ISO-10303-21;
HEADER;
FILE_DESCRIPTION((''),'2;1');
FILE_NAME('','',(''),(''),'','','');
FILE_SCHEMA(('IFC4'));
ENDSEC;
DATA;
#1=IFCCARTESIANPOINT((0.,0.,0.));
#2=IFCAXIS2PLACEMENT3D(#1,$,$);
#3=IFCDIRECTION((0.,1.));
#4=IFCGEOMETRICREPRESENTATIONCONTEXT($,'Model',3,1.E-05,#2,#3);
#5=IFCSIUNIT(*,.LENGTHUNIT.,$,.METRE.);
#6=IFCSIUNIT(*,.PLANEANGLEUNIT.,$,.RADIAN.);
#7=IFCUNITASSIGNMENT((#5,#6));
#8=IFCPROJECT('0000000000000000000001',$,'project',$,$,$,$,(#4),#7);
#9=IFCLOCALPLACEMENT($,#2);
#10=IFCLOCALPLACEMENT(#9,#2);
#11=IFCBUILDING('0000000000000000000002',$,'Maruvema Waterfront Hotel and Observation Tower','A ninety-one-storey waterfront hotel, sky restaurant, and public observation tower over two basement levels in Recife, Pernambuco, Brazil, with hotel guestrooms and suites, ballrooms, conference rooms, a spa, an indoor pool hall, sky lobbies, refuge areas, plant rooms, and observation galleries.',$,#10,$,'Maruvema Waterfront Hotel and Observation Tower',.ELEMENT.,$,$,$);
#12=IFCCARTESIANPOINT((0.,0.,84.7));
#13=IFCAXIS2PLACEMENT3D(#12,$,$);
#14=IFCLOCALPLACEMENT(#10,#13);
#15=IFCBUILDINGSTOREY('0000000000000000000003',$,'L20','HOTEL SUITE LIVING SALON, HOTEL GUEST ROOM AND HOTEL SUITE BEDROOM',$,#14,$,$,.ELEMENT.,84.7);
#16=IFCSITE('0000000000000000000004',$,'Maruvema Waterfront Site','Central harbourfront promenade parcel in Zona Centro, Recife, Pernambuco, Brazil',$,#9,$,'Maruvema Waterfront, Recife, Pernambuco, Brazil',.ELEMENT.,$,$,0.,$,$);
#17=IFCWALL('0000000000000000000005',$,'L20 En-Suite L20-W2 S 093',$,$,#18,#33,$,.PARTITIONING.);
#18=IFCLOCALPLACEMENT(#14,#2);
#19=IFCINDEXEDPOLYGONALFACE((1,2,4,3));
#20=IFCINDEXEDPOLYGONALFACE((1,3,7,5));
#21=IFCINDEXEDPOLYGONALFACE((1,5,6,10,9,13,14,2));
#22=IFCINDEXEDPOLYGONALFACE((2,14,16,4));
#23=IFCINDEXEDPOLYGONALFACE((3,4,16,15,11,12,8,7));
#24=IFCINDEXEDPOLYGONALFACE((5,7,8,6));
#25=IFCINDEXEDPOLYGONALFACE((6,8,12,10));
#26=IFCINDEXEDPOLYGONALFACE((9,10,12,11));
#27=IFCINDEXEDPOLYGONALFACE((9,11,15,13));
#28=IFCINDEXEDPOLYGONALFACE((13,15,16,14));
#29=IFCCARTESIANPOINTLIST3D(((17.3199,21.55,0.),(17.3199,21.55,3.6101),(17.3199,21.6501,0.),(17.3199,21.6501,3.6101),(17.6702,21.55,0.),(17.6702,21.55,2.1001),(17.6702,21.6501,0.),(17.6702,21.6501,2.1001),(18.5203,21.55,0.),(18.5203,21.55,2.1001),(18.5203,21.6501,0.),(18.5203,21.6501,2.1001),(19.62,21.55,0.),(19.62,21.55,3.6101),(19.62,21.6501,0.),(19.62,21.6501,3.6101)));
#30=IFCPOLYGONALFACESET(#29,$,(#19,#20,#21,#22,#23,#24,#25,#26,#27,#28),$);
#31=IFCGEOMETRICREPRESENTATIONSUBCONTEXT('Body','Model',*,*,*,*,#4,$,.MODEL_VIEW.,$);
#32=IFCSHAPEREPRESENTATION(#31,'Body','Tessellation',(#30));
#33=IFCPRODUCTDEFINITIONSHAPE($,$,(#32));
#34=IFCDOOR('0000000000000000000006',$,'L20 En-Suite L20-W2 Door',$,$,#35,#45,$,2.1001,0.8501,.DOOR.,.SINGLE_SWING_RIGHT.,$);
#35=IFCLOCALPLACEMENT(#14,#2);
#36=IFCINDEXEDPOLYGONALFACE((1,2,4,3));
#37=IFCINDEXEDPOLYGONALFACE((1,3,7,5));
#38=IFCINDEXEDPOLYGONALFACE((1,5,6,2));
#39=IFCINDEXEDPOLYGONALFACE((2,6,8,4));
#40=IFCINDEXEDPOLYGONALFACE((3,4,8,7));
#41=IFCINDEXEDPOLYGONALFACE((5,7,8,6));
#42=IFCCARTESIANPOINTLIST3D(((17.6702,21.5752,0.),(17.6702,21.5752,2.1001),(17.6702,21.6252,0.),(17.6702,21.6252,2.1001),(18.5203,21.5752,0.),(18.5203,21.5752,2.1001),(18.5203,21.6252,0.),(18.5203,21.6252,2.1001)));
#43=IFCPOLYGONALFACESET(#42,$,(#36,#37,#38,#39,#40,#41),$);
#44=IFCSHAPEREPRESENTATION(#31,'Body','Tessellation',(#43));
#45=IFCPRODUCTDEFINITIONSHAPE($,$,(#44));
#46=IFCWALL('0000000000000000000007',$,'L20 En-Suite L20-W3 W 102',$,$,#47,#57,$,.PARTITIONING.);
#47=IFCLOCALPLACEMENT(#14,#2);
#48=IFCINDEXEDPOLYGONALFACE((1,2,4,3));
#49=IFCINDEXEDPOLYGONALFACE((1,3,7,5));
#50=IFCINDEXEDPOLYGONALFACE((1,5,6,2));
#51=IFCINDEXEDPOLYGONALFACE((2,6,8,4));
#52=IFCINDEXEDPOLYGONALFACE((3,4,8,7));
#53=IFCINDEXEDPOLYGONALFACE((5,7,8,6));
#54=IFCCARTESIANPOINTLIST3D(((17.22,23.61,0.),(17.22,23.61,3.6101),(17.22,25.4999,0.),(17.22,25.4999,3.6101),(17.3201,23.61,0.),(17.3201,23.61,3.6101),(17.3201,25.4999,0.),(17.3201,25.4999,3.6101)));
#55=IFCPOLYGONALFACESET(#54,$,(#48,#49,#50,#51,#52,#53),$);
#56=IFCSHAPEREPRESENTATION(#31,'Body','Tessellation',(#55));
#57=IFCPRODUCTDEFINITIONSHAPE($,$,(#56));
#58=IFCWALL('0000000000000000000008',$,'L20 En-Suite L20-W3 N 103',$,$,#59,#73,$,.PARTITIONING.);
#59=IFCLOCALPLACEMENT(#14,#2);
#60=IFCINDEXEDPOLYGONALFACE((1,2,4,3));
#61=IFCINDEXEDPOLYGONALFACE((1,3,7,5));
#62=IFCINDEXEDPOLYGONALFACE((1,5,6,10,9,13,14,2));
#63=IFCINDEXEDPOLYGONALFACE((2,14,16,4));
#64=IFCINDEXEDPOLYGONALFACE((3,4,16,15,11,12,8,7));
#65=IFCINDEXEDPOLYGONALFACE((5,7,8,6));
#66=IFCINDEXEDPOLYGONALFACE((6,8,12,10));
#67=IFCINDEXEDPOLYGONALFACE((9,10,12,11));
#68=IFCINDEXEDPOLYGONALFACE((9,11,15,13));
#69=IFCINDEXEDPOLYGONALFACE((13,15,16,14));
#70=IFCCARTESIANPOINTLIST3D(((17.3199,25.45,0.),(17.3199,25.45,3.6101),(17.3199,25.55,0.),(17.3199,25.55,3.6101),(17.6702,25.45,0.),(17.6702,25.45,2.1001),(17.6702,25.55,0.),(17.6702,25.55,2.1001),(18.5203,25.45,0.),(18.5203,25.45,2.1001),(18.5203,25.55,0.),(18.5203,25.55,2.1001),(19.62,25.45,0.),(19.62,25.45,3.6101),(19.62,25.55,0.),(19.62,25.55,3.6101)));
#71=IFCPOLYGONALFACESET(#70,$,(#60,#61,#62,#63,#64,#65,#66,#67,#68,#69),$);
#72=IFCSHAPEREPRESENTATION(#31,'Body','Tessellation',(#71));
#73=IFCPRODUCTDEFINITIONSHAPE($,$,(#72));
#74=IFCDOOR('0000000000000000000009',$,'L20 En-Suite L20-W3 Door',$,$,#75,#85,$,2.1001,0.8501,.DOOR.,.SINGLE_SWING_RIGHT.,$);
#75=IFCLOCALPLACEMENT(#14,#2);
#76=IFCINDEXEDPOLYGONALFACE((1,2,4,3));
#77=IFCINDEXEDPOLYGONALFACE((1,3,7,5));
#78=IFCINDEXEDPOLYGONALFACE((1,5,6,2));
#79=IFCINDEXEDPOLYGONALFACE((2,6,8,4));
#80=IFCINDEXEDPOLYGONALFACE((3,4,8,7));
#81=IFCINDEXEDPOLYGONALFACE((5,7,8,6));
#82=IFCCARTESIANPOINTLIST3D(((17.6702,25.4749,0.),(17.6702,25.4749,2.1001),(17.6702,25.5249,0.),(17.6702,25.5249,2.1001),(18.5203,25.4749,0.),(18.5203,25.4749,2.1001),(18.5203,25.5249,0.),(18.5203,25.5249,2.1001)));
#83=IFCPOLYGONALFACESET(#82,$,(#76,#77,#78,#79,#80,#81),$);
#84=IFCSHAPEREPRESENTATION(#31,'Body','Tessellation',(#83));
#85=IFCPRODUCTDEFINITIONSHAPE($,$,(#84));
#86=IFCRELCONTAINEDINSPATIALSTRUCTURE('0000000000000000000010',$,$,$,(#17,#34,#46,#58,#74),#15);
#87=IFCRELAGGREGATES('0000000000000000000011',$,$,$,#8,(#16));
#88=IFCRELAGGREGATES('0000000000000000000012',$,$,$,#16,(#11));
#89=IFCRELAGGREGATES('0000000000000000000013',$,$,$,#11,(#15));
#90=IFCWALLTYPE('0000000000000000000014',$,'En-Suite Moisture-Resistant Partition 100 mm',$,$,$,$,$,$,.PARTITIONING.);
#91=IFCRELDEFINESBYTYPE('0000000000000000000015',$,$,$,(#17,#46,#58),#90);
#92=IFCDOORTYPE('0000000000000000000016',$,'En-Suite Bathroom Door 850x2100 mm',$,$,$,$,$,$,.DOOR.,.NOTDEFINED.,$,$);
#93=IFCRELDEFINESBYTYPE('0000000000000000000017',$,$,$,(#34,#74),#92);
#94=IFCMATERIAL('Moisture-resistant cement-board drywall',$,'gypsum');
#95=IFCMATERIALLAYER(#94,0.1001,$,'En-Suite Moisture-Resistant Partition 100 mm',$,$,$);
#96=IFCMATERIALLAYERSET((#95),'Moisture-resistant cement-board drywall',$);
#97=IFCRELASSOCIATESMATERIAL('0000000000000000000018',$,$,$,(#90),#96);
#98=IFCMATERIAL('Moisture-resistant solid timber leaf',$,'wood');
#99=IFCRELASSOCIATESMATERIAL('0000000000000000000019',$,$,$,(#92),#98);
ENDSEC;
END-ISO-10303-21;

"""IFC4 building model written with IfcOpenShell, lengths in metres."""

from ifc_helpers import new_model, si_unit, direction, frame, frame_2d, origin, place, context, subcontext, project, spatial, rectangle, extrude, material, layer, layer_set, type_object, element, fill, save


model = new_model("IFC4")

# Units and contexts
model_context = context("Model", 3, precision=1e-05, world=origin(), true_north=direction((0.0, 1.0)))
body_context = subcontext(model_context, "Body", "Model", "MODEL_VIEW")
ifc_project = project(units=[si_unit("LENGTHUNIT", "METRE"), si_unit("PLANEANGLEUNIT", "RADIAN")], contexts=[model_context])

# Site, building, storey
site_placement = place(None, origin())
site = spatial("IfcSite", under=ifc_project, at=site_placement, Name="Maruvema Waterfront Site", Description="Central harbourfront promenade parcel in Zona Centro, Recife, Pernambuco, Brazil", LongName="Maruvema Waterfront, Recife, Pernambuco, Brazil", CompositionType="ELEMENT", RefElevation=0.0)
building_placement = place(site_placement, origin())
building = spatial("IfcBuilding", under=site, at=building_placement, Name="Maruvema Waterfront Hotel and Observation Tower", Description="A ninety-one-storey waterfront hotel, sky restaurant, and public observation tower over two basement levels in Recife, Pernambuco, Brazil, with hotel guestrooms and suites, ballrooms, conference rooms, a spa, an indoor pool hall, sky lobbies, refuge areas, plant rooms, and observation galleries.", LongName="Maruvema Waterfront Hotel and Observation Tower", CompositionType="ELEMENT")
storey_placement = place(building_placement, frame((0.0, 0.0, 84.7)))
storey = spatial("IfcBuildingStorey", under=building, at=storey_placement, Name="L20", Description="HOTEL SUITE LIVING SALON, HOTEL GUEST ROOM AND HOTEL SUITE BEDROOM", CompositionType="ELEMENT", Elevation=84.7)

# Shared definitions
ifc_material_1 = material(Name="Moisture-resistant cement-board drywall", Category="gypsum")
ifc_layer_1 = layer(ifc_material_1, 0.1001, Name="En-Suite Moisture-Resistant Partition 100 mm")
ifc_layer_set_1 = layer_set([ifc_layer_1], Name="Moisture-resistant cement-board drywall")
wall_type_1 = type_object("IfcWallType", Name="En-Suite Moisture-Resistant Partition 100 mm", PredefinedType="PARTITIONING", material=ifc_layer_set_1)
ifc_material_2 = material(Name="Moisture-resistant solid timber leaf", Category="wood")
door_type_1 = type_object("IfcDoorType", Name="En-Suite Bathroom Door 850x2100 mm", OperationType="NOTDEFINED", PredefinedType="DOOR", material=ifc_material_2)

# Wall, opening, door
wall_1_placement = place(storey_placement, frame((17.3201, 21.6001, 0.0), z_axis=(0.0, 0.0, 1.0), x_axis=(1.0, 0.0, 0.0)))
wall_1 = element("IfcWall", 1, at=wall_1_placement, inside=storey, type_object=wall_type_1, Name="L20 En-Suite L20-W2 S 093", PredefinedType="PARTITIONING", context=body_context, shape_type="SweptSolid", body=[
    extrude(rectangle(XDim=2.3, YDim=0.1001, at=frame_2d((1.1499, 0.0))), origin(), (0.0, 0.0, 1.0), 3.6101),
])
opening_1_placement = place(wall_1_placement, frame((0.3501, 0.0, 0.0)))
opening_1 = element("IfcOpeningElement", 2, at=opening_1_placement, cuts=wall_1, PredefinedType="OPENING", context=body_context, shape_type="SweptSolid", body=[
    extrude(rectangle(XDim=0.8501, YDim=2.1001, at=frame_2d((0.425, 1.05))), frame((0.0, 0.0601, 0.0), z_axis=(0.0, -1.0, 0.0), x_axis=(1.0, 0.0, 0.0)), (0.0, 0.0, 1.0), 0.1201),
])
door_1_placement = place(opening_1_placement, frame((0.8501, 0.0, 0.0), z_axis=(0.0, 0.0, 1.0), x_axis=(-1.0, 0.0, 0.0)))
door_1 = element("IfcDoor", 3, at=door_1_placement, inside=storey, type_object=door_type_1, Name="L20 En-Suite L20-W2 Door", OperationType="SINGLE_SWING_RIGHT", OverallHeight=2.1001, OverallWidth=0.8501, PredefinedType="DOOR", context=body_context, shape_type="SweptSolid", body=[
    extrude(rectangle(XDim=0.8501, YDim=2.1001, at=frame_2d((0.425, 1.05))), frame((0.0, 0.0249, 0.0), z_axis=(0.0, -1.0, 0.0), x_axis=(1.0, 0.0, 0.0)), (0.0, 0.0, 1.0), 0.05),
])
fill(opening_1, door_1)

# Wall
wall_2_placement = place(storey_placement, frame((17.27, 23.6101, 0.0), z_axis=(0.0, 0.0, 1.0), x_axis=(0.0, 1.0, 0.0)))
element("IfcWall", 4, at=wall_2_placement, inside=storey, type_object=wall_type_1, Name="L20 En-Suite L20-W3 W 102", PredefinedType="PARTITIONING", context=body_context, shape_type="SweptSolid", body=[
    extrude(rectangle(XDim=1.8899, YDim=0.1001, at=frame_2d((0.9448, 0.0))), origin(), (0.0, 0.0, 1.0), 3.6101),
])

# Wall, opening, door
wall_3_placement = place(storey_placement, frame((17.3201, 25.5, 0.0), z_axis=(0.0, 0.0, 1.0), x_axis=(1.0, 0.0, 0.0)))
wall_3 = element("IfcWall", 5, at=wall_3_placement, inside=storey, type_object=wall_type_1, Name="L20 En-Suite L20-W3 N 103", PredefinedType="PARTITIONING", context=body_context, shape_type="SweptSolid", body=[
    extrude(rectangle(XDim=2.3, YDim=0.1001, at=frame_2d((1.1499, 0.0))), origin(), (0.0, 0.0, 1.0), 3.6101),
])
opening_2_placement = place(wall_3_placement, frame((0.3501, 0.0, 0.0)))
opening_2 = element("IfcOpeningElement", 6, at=opening_2_placement, cuts=wall_3, PredefinedType="OPENING", context=body_context, shape_type="SweptSolid", body=[
    extrude(rectangle(XDim=0.8501, YDim=2.1001, at=frame_2d((0.425, 1.05))), frame((0.0, 0.0601, 0.0), z_axis=(0.0, -1.0, 0.0), x_axis=(1.0, 0.0, 0.0)), (0.0, 0.0, 1.0), 0.1201),
])
door_2_placement = place(opening_2_placement, origin())
door_2 = element("IfcDoor", 7, at=door_2_placement, inside=storey, type_object=door_type_1, Name="L20 En-Suite L20-W3 Door", OperationType="SINGLE_SWING_RIGHT", OverallHeight=2.1001, OverallWidth=0.8501, PredefinedType="DOOR", context=body_context, shape_type="SweptSolid", body=[
    extrude(rectangle(XDim=0.8501, YDim=2.1001, at=frame_2d((0.425, 1.05))), frame((0.0, 0.0249, 0.0), z_axis=(0.0, -1.0, 0.0), x_axis=(1.0, 0.0, 0.0)), (0.0, 0.0, 1.0), 0.05),
])
fill(opening_2, door_2)

save(model, "model.ifc")
